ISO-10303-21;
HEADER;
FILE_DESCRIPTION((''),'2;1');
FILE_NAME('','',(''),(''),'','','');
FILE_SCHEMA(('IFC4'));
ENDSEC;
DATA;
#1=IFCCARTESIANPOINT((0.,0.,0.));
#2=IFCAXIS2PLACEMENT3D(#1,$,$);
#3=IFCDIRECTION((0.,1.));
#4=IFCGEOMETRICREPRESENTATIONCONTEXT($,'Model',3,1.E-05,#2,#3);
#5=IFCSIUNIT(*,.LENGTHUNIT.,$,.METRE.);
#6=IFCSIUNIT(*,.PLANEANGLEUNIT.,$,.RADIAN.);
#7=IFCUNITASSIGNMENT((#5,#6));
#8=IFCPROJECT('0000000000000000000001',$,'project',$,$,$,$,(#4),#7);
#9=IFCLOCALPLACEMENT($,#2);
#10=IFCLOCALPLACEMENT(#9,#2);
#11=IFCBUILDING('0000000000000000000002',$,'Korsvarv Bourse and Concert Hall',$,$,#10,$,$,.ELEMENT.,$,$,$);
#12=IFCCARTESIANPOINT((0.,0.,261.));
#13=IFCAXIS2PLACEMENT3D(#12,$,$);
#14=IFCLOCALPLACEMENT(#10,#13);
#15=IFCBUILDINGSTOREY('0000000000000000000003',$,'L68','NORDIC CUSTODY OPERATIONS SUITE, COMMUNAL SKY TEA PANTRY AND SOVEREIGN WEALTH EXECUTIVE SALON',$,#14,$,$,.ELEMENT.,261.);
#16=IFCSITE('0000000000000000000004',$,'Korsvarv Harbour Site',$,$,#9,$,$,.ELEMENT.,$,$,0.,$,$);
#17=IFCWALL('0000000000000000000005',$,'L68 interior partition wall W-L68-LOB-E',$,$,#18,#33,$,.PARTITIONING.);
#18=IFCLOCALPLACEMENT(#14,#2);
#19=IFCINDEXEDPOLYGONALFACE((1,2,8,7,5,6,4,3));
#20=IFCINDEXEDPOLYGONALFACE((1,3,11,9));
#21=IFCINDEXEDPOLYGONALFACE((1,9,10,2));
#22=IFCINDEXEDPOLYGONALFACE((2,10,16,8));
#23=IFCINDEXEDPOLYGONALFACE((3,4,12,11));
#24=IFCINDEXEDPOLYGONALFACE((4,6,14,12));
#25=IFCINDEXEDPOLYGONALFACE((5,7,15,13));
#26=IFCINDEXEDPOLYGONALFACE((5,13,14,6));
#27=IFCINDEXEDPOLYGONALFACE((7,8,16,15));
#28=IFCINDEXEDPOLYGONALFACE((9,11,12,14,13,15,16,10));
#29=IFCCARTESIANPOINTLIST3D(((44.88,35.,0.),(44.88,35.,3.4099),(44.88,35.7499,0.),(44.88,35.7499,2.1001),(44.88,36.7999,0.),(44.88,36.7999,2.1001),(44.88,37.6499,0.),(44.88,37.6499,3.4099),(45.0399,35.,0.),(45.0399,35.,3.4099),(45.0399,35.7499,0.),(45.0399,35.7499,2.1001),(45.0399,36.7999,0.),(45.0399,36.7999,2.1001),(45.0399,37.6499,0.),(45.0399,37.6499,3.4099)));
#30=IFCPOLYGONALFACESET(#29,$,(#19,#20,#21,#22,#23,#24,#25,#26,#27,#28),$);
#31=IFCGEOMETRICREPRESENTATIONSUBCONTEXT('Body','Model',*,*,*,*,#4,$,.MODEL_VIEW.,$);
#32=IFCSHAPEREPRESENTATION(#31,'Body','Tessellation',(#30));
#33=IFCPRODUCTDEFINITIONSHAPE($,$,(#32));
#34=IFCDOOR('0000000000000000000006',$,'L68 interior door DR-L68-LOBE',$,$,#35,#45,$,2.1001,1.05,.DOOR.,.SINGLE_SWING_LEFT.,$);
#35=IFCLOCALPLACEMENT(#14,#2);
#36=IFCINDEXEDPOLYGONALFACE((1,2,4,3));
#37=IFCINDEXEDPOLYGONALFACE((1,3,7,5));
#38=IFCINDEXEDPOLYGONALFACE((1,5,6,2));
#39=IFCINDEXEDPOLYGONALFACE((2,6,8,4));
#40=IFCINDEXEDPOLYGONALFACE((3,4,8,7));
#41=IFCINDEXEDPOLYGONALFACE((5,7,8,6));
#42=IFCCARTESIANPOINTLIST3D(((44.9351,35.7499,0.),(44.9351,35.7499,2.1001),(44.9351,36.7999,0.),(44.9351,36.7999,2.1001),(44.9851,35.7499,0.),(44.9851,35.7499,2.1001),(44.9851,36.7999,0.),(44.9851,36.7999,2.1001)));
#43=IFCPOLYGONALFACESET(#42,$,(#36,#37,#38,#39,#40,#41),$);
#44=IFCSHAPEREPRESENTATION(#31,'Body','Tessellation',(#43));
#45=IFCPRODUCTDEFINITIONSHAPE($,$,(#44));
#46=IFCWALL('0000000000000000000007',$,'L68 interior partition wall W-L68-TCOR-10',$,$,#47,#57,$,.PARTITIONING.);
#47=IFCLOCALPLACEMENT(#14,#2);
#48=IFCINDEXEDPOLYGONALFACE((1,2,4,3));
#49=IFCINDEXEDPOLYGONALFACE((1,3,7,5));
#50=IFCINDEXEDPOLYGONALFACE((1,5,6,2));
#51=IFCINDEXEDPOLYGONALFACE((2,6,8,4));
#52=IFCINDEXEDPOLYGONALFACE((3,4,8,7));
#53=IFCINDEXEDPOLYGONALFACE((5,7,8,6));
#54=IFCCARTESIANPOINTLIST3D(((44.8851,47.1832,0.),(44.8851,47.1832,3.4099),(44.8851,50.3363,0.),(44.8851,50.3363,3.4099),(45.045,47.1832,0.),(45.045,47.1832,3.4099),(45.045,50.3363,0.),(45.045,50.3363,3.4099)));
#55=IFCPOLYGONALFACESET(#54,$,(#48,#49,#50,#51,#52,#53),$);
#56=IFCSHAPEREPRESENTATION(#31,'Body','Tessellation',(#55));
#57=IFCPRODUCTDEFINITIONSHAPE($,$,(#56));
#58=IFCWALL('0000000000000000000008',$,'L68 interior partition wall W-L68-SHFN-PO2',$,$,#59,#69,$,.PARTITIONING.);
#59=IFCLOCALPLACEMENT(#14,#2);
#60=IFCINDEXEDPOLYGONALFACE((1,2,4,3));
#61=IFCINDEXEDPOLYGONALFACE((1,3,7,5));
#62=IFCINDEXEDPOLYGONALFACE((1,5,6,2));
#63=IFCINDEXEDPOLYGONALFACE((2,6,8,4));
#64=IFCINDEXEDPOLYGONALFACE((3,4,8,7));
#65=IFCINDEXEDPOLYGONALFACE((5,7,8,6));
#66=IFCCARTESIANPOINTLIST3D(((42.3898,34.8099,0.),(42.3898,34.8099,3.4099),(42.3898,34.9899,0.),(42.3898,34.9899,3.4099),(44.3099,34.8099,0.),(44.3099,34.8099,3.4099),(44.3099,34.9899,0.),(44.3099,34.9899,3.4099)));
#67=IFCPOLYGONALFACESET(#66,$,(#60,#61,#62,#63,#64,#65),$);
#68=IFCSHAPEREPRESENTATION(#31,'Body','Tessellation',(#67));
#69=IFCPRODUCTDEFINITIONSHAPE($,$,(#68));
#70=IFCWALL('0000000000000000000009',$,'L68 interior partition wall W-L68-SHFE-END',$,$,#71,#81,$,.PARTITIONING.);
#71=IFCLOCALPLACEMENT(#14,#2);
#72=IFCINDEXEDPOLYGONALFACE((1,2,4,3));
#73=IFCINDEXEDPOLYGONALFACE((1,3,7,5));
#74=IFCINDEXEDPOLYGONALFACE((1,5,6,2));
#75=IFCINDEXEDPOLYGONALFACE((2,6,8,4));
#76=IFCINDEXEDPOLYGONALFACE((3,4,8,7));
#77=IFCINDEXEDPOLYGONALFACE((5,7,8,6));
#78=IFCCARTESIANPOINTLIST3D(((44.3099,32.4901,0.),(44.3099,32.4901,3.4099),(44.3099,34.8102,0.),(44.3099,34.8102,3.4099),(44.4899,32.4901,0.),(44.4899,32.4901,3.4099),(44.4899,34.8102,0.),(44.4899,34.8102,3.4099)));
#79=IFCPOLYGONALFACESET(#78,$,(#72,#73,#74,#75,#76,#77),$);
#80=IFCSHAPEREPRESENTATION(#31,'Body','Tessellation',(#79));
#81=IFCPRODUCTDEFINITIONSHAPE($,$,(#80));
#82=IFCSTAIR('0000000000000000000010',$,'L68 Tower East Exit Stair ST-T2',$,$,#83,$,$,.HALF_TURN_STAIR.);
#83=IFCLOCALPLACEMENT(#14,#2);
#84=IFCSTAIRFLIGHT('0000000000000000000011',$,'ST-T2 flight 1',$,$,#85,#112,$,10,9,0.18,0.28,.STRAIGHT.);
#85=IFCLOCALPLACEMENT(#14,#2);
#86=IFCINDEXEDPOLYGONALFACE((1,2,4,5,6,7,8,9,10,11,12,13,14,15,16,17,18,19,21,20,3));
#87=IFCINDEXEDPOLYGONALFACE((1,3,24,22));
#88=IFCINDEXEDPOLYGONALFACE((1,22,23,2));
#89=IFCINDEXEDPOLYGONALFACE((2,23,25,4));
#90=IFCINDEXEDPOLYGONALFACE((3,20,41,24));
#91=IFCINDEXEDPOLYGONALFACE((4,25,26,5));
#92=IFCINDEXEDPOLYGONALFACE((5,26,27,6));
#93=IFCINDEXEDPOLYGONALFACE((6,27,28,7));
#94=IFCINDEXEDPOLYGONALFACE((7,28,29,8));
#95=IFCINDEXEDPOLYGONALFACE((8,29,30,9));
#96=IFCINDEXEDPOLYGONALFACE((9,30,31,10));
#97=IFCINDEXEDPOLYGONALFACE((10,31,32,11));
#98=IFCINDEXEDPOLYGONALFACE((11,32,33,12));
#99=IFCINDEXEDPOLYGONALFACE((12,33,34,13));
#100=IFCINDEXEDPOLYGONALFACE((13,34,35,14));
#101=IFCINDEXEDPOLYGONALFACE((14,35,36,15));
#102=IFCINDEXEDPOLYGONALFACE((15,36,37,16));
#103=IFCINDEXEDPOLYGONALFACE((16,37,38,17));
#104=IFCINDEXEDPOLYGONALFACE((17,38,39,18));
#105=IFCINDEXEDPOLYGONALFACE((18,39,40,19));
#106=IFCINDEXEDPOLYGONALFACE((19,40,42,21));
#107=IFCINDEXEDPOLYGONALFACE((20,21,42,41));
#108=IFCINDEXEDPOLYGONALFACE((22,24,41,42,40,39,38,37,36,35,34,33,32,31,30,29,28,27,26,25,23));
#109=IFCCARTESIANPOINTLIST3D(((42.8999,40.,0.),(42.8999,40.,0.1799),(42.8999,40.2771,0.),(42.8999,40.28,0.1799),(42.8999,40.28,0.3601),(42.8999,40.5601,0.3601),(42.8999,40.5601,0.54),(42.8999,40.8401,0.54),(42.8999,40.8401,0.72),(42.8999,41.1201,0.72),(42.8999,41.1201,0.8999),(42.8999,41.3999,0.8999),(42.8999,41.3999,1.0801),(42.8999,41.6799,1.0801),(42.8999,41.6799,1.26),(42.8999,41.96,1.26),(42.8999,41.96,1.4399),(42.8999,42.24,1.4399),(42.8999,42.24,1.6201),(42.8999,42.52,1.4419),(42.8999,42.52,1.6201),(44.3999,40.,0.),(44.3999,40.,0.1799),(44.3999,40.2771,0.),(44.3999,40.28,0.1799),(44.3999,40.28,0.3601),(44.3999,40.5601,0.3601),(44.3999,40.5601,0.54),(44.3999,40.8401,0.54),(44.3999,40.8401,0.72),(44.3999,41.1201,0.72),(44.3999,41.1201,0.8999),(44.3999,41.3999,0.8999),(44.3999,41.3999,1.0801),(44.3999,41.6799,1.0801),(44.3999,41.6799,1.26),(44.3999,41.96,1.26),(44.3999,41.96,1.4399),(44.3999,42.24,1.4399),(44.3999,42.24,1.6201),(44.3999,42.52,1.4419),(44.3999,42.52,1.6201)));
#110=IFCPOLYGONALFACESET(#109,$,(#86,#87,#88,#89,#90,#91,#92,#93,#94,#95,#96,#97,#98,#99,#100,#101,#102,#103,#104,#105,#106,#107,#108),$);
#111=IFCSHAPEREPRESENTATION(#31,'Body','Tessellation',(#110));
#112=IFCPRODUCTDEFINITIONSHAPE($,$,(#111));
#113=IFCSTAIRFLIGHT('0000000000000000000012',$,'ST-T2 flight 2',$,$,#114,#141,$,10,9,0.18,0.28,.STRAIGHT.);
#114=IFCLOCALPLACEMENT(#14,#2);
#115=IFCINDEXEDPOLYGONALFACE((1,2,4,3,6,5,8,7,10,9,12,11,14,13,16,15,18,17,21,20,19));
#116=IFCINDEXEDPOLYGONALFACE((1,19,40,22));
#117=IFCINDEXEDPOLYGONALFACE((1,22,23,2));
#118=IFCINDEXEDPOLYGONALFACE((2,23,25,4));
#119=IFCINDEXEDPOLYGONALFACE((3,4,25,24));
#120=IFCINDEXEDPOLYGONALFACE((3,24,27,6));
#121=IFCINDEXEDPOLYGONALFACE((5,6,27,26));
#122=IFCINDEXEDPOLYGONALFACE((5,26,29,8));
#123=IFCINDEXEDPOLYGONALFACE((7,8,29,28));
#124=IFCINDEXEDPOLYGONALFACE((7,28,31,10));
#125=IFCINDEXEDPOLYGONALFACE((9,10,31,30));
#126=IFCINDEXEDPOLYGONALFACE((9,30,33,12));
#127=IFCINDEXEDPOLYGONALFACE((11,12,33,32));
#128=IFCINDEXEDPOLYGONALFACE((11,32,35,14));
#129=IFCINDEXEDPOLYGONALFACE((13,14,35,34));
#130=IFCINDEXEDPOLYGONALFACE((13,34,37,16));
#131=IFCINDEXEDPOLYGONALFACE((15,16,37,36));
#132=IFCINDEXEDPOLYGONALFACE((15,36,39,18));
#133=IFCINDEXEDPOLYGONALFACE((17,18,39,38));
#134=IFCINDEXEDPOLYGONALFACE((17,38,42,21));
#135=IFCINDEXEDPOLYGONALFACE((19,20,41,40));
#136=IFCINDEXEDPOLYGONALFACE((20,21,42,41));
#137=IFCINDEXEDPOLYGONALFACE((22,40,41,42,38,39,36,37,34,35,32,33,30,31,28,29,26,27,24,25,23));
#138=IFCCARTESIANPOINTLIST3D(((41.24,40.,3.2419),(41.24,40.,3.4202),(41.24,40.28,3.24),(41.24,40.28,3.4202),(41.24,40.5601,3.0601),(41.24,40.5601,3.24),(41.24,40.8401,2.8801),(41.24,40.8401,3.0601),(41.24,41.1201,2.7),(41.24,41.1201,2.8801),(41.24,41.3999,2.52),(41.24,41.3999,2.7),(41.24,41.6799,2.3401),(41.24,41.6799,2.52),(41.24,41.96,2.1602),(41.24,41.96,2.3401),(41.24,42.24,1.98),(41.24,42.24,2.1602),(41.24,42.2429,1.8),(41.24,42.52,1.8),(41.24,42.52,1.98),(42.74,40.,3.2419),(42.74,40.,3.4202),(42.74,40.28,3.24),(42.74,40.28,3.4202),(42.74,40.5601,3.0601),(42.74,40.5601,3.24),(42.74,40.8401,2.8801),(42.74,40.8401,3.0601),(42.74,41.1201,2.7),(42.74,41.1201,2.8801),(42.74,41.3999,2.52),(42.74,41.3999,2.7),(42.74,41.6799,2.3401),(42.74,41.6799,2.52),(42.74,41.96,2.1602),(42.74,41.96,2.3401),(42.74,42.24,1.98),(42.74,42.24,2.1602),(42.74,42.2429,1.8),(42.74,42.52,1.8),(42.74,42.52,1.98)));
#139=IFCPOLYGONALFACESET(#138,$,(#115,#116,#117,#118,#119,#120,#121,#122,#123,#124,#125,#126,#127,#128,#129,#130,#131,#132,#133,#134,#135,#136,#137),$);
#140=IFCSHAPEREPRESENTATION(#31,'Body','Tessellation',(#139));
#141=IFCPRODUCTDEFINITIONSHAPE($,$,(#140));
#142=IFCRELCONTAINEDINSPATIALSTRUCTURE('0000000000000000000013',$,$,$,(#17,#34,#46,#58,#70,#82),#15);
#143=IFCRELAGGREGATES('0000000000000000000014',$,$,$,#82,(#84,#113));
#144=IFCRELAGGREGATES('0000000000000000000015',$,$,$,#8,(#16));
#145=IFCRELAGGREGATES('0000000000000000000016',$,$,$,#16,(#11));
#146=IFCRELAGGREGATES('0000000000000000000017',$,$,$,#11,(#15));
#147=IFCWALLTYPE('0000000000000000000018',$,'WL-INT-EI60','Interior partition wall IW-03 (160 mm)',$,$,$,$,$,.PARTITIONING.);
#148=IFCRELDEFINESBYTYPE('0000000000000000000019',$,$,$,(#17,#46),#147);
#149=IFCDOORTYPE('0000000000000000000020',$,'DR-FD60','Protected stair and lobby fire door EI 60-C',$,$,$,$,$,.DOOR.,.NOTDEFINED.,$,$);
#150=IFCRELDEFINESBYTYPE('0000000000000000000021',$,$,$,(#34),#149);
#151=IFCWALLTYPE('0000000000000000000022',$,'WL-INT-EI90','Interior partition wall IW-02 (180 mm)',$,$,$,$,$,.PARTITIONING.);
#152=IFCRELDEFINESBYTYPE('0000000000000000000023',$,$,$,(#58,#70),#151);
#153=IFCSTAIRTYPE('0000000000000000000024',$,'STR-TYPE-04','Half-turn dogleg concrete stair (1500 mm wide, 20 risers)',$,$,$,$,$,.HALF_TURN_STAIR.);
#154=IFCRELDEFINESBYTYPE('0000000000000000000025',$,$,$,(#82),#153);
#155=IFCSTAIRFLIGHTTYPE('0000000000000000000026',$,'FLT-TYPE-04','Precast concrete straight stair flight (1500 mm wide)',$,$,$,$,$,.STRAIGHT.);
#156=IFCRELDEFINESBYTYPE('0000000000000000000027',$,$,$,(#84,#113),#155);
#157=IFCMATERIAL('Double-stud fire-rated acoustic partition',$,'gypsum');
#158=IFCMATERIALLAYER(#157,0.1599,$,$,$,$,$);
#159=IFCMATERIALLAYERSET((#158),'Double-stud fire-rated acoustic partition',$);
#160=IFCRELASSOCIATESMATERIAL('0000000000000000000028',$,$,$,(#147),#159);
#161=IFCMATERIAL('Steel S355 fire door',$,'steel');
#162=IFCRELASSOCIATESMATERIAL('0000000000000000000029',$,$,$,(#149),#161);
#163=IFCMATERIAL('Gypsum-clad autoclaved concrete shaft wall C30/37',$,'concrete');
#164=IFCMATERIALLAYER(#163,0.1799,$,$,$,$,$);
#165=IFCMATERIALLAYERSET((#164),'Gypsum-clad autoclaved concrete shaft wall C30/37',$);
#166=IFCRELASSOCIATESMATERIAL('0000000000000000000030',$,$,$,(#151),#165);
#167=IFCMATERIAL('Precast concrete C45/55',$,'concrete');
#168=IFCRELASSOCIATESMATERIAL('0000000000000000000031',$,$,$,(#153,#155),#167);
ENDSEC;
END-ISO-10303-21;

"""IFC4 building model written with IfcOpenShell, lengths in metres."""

from ifc_helpers import new_model, si_unit, direction, frame, frame_2d, origin, place, context, subcontext, project, spatial, polyline, rectangle, outline, extrude, material, layer, layer_set, type_object, element, fill, aggregate, save


model = new_model("IFC4")

# Units and contexts
model_context = context("Model", 3, precision=1e-05, world=origin(), true_north=direction((0.0, 1.0)))
body_context = subcontext(model_context, "Body", "Model", "MODEL_VIEW")
ifc_project = project(units=[si_unit("LENGTHUNIT", "METRE"), si_unit("PLANEANGLEUNIT", "RADIAN")], contexts=[model_context])

# Site, building, storey
site_placement = place(None, origin())
site = spatial("IfcSite", under=ifc_project, at=site_placement, Name="Korsvarv Harbour Site", CompositionType="ELEMENT", RefElevation=0.0)
building_placement = place(site_placement, origin())
building = spatial("IfcBuilding", under=site, at=building_placement, Name="Korsvarv Bourse and Concert Hall", CompositionType="ELEMENT")
storey_placement = place(building_placement, frame((0.0, 0.0, 261.0)))
storey = spatial("IfcBuildingStorey", under=building, at=storey_placement, Name="L68", Description="NORDIC CUSTODY OPERATIONS SUITE, COMMUNAL SKY TEA PANTRY AND SOVEREIGN WEALTH EXECUTIVE SALON", CompositionType="ELEMENT", Elevation=261.0)

# Wall, opening, door
ifc_material_1 = material(Name="Double-stud fire-rated acoustic partition", Category="gypsum")
ifc_layer_1 = layer(ifc_material_1, 0.1599)
ifc_layer_set_1 = layer_set([ifc_layer_1], Name="Double-stud fire-rated acoustic partition")
wall_type_1 = type_object("IfcWallType", Name="WL-INT-EI60", Description="Interior partition wall IW-03 (160 mm)", PredefinedType="PARTITIONING", material=ifc_layer_set_1)
wall_1_placement = place(storey_placement, frame((44.96, 35.0, 0.0), z_axis=(0.0, 0.0, 1.0), x_axis=(0.0, 1.0, 0.0)))
wall_1 = element("IfcWall", 1, at=wall_1_placement, inside=storey, type_object=wall_type_1, Name="L68 interior partition wall W-L68-LOB-E", PredefinedType="PARTITIONING", context=body_context, shape_type="SweptSolid", body=[
    extrude(rectangle(XDim=2.6499, YDim=0.1599, at=frame_2d((1.325, 0.0))), origin(), (0.0, 0.0, 1.0), 3.4099),
])
opening_placement = place(wall_1_placement, frame((0.75, 0.0, 0.0)))
opening = element("IfcOpeningElement", 2, at=opening_placement, cuts=wall_1, PredefinedType="OPENING", context=body_context, shape_type="SweptSolid", body=[
    extrude(rectangle(XDim=1.05, YDim=2.1001, at=frame_2d((0.5249, 1.05))), frame((0.0, 0.0898, 0.0), z_axis=(0.0, -1.0, 0.0), x_axis=(1.0, 0.0, 0.0)), (0.0, 0.0, 1.0), 0.1799),
])
ifc_material_2 = material(Name="Steel S355 fire door", Category="steel")
door_type = type_object("IfcDoorType", Name="DR-FD60", Description="Protected stair and lobby fire door EI 60-C", OperationType="NOTDEFINED", PredefinedType="DOOR", material=ifc_material_2)
door_placement = place(opening_placement, origin())
door = element("IfcDoor", 3, at=door_placement, inside=storey, type_object=door_type, Name="L68 interior door DR-L68-LOBE", OperationType="SINGLE_SWING_LEFT", OverallHeight=2.1001, OverallWidth=1.05, PredefinedType="DOOR", context=body_context, shape_type="SweptSolid", body=[
    extrude(rectangle(XDim=1.05, YDim=2.1001, at=frame_2d((0.5249, 1.05))), frame((0.0, 0.0249, 0.0), z_axis=(0.0, -1.0, 0.0), x_axis=(1.0, 0.0, 0.0)), (0.0, 0.0, 1.0), 0.05),
])
fill(opening, door)

# Walls
wall_2_placement = place(storey_placement, frame((44.9651, 47.1831, 0.0), z_axis=(0.0, 0.0, 1.0), x_axis=(0.0, 1.0, 0.0)))
element("IfcWall", 4, at=wall_2_placement, inside=storey, type_object=wall_type_1, Name="L68 interior partition wall W-L68-TCOR-10", PredefinedType="PARTITIONING", context=body_context, shape_type="SweptSolid", body=[
    extrude(rectangle(XDim=3.1531, YDim=0.1599, at=frame_2d((1.5767, 0.0))), origin(), (0.0, 0.0, 1.0), 3.4099),
])
ifc_material_3 = material(Name="Gypsum-clad autoclaved concrete shaft wall C30/37", Category="concrete")
ifc_layer_2 = layer(ifc_material_3, 0.1799)
ifc_layer_set_2 = layer_set([ifc_layer_2], Name="Gypsum-clad autoclaved concrete shaft wall C30/37")
wall_type_2 = type_object("IfcWallType", Name="WL-INT-EI90", Description="Interior partition wall IW-02 (180 mm)", PredefinedType="PARTITIONING", material=ifc_layer_set_2)
wall_3_placement = place(storey_placement, frame((42.3899, 34.8999, 0.0), z_axis=(0.0, 0.0, 1.0), x_axis=(1.0, 0.0, 0.0)))
element("IfcWall", 5, at=wall_3_placement, inside=storey, type_object=wall_type_2, Name="L68 interior partition wall W-L68-SHFN-PO2", PredefinedType="PARTITIONING", context=body_context, shape_type="SweptSolid", body=[
    extrude(rectangle(XDim=1.9202, YDim=0.1799, at=frame_2d((0.96, 0.0))), origin(), (0.0, 0.0, 1.0), 3.4099),
])
wall_4_placement = place(storey_placement, frame((44.3999, 32.49, 0.0), z_axis=(0.0, 0.0, 1.0), x_axis=(0.0, 1.0, 0.0)))
element("IfcWall", 6, at=wall_4_placement, inside=storey, type_object=wall_type_2, Name="L68 interior partition wall W-L68-SHFE-END", PredefinedType="PARTITIONING", context=body_context, shape_type="SweptSolid", body=[
    extrude(rectangle(XDim=2.3201, YDim=0.1799, at=frame_2d((1.1602, 0.0))), origin(), (0.0, 0.0, 1.0), 3.4099),
])

# Stair, stair flights
ifc_material_4 = material(Name="Precast concrete C45/55", Category="concrete")
stair_type = type_object("IfcStairType", Name="STR-TYPE-04", Description="Half-turn dogleg concrete stair (1500 mm wide, 20 risers)", PredefinedType="HALF_TURN_STAIR", material=ifc_material_4)
stair_placement = place(storey_placement, origin())
stair = element("IfcStair", 7, at=stair_placement, inside=storey, type_object=stair_type, Name="L68 Tower East Exit Stair ST-T2", PredefinedType="HALF_TURN_STAIR")
stair_flight_type = type_object("IfcStairFlightType", Name="FLT-TYPE-04", Description="Precast concrete straight stair flight (1500 mm wide)", PredefinedType="STRAIGHT", material=ifc_material_4)
stair_flight_1_placement = place(storey_placement, frame((43.6499, 40.0, 0.0), z_axis=(0.0, 0.0, 1.0), x_axis=(0.0, 1.0, 0.0)))
stair_flight_1 = element("IfcStairFlight", 8, at=stair_flight_1_placement, type_object=stair_flight_type, Name="ST-T2 flight 1", NumberOfRisers=10, NumberOfTreads=9, PredefinedType="STRAIGHT", RiserHeight=0.18, TreadLength=0.28, context=body_context, shape_type="SweptSolid", body=[
    extrude(outline(polyline([(0.0, 0.0), (0.0, 0.1799), (0.28, 0.1799), (0.28, 0.3601), (0.5601, 0.3601), (0.5601, 0.54), (0.8401, 0.54), (0.8401, 0.72), (1.1201, 0.72), (1.1201, 0.8999), (1.3999, 0.8999), (1.3999, 1.0801), (1.6799, 1.0801), (1.6799, 1.26), (1.96, 1.26), (1.96, 1.4399), (2.24, 1.4399), (2.24, 1.6201), (2.52, 1.6201), (2.52, 1.8), (2.52, 1.4419), (0.2771, 0.0), (0.0, 0.0)])), frame((0.0, 0.75, 0.0), z_axis=(0.0, -1.0, 0.0), x_axis=(1.0, 0.0, 0.0)), (0.0, 0.0, 1.0), 1.5),
])
stair_flight_2_placement = place(storey_placement, frame((41.99, 42.52, 1.8), z_axis=(0.0, 0.0, 1.0), x_axis=(0.0, -1.0, 0.0)))
stair_flight_2 = element("IfcStairFlight", 9, at=stair_flight_2_placement, type_object=stair_flight_type, Name="ST-T2 flight 2", NumberOfRisers=10, NumberOfTreads=9, PredefinedType="STRAIGHT", RiserHeight=0.18, TreadLength=0.28, context=body_context, shape_type="SweptSolid", body=[
    extrude(outline(polyline([(0.0, 0.0), (0.0, 0.1799), (0.28, 0.1799), (0.28, 0.3601), (0.5601, 0.3601), (0.5601, 0.54), (0.8401, 0.54), (0.8401, 0.72), (1.1201, 0.72), (1.1201, 0.8999), (1.3999, 0.8999), (1.3999, 1.0801), (1.6799, 1.0801), (1.6799, 1.26), (1.96, 1.26), (1.96, 1.4399), (2.24, 1.4399), (2.24, 1.6201), (2.52, 1.6201), (2.52, 1.8), (2.52, 1.4419), (0.2771, 0.0), (0.0, 0.0)])), frame((0.0, 0.75, 0.0), z_axis=(0.0, -1.0, 0.0), x_axis=(1.0, 0.0, 0.0)), (0.0, 0.0, 1.0), 1.5),
])
aggregate(stair, [stair_flight_1, stair_flight_2])

save(model, "model.ifc")
